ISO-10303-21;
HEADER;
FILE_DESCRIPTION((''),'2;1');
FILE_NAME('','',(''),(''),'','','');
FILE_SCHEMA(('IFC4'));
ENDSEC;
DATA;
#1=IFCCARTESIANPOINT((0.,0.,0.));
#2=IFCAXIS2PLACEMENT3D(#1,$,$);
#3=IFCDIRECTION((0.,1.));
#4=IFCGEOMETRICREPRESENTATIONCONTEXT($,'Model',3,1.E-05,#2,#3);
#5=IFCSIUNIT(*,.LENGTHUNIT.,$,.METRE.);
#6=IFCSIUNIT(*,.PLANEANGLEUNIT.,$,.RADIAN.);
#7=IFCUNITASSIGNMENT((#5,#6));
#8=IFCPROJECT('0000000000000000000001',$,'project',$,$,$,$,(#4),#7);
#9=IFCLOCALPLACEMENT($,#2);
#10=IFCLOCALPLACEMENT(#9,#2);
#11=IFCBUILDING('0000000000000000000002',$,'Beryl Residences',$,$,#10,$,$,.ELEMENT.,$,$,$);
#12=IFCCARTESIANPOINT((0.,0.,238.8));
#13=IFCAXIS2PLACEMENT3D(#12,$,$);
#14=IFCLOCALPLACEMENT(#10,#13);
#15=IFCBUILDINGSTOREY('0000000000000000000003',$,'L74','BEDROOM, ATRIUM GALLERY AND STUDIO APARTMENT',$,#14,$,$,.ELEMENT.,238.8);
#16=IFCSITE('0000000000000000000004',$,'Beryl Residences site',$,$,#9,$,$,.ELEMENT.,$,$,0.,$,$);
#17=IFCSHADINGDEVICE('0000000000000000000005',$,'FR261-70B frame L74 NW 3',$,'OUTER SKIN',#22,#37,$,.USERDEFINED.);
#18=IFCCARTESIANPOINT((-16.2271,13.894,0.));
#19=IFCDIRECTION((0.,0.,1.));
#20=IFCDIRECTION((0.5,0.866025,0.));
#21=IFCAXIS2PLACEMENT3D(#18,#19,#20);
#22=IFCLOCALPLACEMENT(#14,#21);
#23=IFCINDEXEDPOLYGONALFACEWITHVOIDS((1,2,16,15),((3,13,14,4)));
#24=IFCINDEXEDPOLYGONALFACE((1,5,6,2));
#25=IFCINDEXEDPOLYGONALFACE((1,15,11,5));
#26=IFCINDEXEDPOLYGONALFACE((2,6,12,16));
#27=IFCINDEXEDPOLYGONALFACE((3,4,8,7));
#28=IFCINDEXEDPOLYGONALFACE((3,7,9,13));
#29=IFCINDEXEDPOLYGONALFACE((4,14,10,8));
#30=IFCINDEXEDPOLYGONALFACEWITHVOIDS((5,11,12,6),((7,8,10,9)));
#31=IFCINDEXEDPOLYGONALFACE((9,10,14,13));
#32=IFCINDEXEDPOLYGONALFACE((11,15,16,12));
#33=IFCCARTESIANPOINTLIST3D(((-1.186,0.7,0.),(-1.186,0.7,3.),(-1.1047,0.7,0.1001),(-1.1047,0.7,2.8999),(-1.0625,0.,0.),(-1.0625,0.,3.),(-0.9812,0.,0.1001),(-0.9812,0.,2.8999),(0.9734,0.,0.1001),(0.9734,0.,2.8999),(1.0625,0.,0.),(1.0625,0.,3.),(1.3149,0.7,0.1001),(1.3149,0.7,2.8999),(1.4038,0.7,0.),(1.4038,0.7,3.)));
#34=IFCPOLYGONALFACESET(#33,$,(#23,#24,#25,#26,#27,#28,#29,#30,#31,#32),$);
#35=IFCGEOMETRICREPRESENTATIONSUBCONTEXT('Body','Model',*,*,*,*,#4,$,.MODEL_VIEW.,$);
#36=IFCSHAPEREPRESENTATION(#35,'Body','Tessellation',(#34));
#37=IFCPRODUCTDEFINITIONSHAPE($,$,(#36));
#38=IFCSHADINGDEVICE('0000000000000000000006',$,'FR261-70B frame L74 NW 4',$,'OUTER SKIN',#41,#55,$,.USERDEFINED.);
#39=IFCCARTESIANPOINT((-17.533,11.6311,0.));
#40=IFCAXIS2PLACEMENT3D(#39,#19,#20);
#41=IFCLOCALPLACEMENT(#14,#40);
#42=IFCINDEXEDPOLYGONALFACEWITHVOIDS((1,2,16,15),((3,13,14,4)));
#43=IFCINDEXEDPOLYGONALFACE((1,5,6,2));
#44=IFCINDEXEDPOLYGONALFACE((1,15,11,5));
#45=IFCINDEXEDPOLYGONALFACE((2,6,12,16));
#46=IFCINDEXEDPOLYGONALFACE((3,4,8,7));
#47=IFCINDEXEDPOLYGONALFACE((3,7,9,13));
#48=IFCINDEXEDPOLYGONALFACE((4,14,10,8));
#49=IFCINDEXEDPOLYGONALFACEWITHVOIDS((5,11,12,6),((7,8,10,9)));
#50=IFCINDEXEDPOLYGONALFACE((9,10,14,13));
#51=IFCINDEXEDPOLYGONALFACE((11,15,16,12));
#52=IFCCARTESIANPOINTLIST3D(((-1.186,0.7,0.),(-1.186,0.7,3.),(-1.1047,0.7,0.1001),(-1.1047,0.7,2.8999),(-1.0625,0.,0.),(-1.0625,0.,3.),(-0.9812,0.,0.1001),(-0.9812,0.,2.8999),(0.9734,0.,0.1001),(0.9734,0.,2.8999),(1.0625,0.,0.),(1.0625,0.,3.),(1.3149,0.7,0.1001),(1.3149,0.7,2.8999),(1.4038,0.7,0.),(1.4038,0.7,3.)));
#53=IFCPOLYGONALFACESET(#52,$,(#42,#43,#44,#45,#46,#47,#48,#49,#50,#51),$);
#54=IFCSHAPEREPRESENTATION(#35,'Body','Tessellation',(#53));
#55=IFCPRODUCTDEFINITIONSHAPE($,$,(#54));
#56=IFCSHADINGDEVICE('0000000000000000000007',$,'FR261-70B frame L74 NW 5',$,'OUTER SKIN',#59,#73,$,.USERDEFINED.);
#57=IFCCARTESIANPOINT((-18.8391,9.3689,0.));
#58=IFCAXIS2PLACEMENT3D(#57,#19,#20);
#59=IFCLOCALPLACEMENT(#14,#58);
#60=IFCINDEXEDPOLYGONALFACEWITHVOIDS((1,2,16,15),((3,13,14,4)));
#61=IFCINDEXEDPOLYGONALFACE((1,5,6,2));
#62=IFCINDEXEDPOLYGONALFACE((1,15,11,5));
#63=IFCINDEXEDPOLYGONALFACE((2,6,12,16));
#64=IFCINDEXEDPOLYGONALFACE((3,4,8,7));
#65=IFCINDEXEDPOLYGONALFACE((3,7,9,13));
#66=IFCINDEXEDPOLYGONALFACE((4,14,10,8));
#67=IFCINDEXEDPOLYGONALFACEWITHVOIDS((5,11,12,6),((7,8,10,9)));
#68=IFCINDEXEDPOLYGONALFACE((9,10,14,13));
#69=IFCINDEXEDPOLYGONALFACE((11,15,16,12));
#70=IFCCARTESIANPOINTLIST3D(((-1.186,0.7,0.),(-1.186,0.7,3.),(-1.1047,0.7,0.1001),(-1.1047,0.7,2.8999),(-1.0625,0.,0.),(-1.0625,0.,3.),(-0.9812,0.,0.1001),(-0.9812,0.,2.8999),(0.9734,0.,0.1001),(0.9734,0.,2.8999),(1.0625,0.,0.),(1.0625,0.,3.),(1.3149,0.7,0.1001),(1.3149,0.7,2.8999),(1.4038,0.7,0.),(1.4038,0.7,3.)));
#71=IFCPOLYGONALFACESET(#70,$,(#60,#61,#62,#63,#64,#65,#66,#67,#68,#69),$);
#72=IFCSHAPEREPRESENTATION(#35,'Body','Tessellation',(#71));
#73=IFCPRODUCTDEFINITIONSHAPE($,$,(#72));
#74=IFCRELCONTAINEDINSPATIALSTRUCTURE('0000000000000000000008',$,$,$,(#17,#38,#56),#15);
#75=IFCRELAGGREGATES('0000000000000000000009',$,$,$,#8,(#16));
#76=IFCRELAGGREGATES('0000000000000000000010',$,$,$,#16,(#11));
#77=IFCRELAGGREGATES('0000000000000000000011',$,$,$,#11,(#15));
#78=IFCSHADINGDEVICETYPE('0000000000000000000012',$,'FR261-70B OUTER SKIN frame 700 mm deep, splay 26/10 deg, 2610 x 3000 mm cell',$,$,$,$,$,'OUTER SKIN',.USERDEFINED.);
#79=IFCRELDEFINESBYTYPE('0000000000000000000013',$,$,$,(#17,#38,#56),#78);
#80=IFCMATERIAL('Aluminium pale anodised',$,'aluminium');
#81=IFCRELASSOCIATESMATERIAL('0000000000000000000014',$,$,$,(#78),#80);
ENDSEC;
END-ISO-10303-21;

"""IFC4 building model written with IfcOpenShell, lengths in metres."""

from ifc_helpers import new_model, entity, si_unit, direction, frame, origin, place, context, subcontext, project, spatial, source, transform, mapped, material, type_object, type_shapes, element, save


model = new_model("IFC4")

# Units and contexts
model_context = context("Model", 3, precision=1e-05, world=origin(), true_north=direction((0.0, 1.0)))
body_context = subcontext(model_context, "Body", "Model", "MODEL_VIEW")
ifc_project = project(units=[si_unit("LENGTHUNIT", "METRE"), si_unit("PLANEANGLEUNIT", "RADIAN")], contexts=[model_context])

# Site, building, storey
site_placement = place(None, origin())
site = spatial("IfcSite", under=ifc_project, at=site_placement, Name="Beryl Residences site", CompositionType="ELEMENT", RefElevation=0.0)
building_placement = place(site_placement, origin())
building = spatial("IfcBuilding", under=site, at=building_placement, Name="Beryl Residences", CompositionType="ELEMENT")
storey_placement = place(building_placement, frame((0.0, 0.0, 238.8)))
storey = spatial("IfcBuildingStorey", under=building, at=storey_placement, Name="L74", Description="BEDROOM, ATRIUM GALLERY AND STUDIO APARTMENT", CompositionType="ELEMENT", Elevation=238.8)

# Shading devices
ifc_material_1 = material(Name="Aluminium pale anodised", Category="aluminium")
shading_device_type = type_object("IfcShadingDeviceType", Name="FR261-70B OUTER SKIN frame 700 mm deep, splay 26/10 deg, 2610 x 3000 mm cell", ElementType="OUTER SKIN", PredefinedType="USERDEFINED", material=ifc_material_1)
cartesian_point_1 = entity("IfcCartesianPoint", [-1.0625, 0.0])
cartesian_point_2 = entity("IfcCartesianPoint", [-0.9734, 0.1001])
cartesian_point_3 = entity("IfcCartesianPoint", [-1.4038, 0.0])
cartesian_point_4 = entity("IfcCartesianPoint", [-1.3149, 0.1001])
shared_shape_1 = source(origin(), body_context, "Body", "SweptSolid", [
    entity("IfcExtrudedAreaSolidTapered", entity("IfcArbitraryProfileDefWithVoids", "AREA", None, entity("IfcPolyline", [cartesian_point_1, entity("IfcCartesianPoint", [1.0625, 0.0]), entity("IfcCartesianPoint", [1.0625, 3.0]), entity("IfcCartesianPoint", [-1.0625, 3.0]), cartesian_point_1]), [entity("IfcPolyline", [cartesian_point_2, entity("IfcCartesianPoint", [0.9812, 0.1001]), entity("IfcCartesianPoint", [0.9812, 2.8999]), entity("IfcCartesianPoint", [-0.9734, 2.8999]), cartesian_point_2])]), entity("IfcAxis2Placement3D", entity("IfcCartesianPoint", [0.0, 0.0, 0.0]), entity("IfcDirection", [0.0, 1.0, 0.0]), entity("IfcDirection", [-1.0, 0.0, 0.0])), entity("IfcDirection", [0.0, 0.0, 1.0]), 0.7, entity("IfcArbitraryProfileDefWithVoids", "AREA", None, entity("IfcPolyline", [cartesian_point_3, entity("IfcCartesianPoint", [1.186, 0.0]), entity("IfcCartesianPoint", [1.186, 3.0]), entity("IfcCartesianPoint", [-1.4038, 3.0]), cartesian_point_3]), [entity("IfcPolyline", [cartesian_point_4, entity("IfcCartesianPoint", [1.1047, 0.1001]), entity("IfcCartesianPoint", [1.1047, 2.8999]), entity("IfcCartesianPoint", [-1.3149, 2.8999]), cartesian_point_4])])),
])
type_shapes(shading_device_type, [shared_shape_1])
for number, where, z_axis, x_axis, name in (
    (1, (-16.2271, 13.894, 0.0), (0.0, 0.0, 1.0), (0.5, 0.866025, 0.0), "FR261-70B frame L74 NW 3"),
    (2, (-17.533, 11.6311, 0.0), (0.0, 0.0, 1.0), (0.5, 0.866025, 0.0), "FR261-70B frame L74 NW 4"),
    (3, (-18.8391, 9.3689, 0.0), (0.0, 0.0, 1.0), (0.5, 0.866025, 0.0), "FR261-70B frame L74 NW 5"),
):
    element("IfcShadingDevice", number, at=place(storey_placement, frame(where, z_axis=z_axis, x_axis=x_axis)), inside=storey, type_object=shading_device_type, Name=name, ObjectType="OUTER SKIN", PredefinedType="USERDEFINED", context=body_context, shape_type="MappedRepresentation", body=[
        mapped(shared_shape_1, transform((0.0, 0.0, 0.0))),
    ])

save(model, "model.ifc")
